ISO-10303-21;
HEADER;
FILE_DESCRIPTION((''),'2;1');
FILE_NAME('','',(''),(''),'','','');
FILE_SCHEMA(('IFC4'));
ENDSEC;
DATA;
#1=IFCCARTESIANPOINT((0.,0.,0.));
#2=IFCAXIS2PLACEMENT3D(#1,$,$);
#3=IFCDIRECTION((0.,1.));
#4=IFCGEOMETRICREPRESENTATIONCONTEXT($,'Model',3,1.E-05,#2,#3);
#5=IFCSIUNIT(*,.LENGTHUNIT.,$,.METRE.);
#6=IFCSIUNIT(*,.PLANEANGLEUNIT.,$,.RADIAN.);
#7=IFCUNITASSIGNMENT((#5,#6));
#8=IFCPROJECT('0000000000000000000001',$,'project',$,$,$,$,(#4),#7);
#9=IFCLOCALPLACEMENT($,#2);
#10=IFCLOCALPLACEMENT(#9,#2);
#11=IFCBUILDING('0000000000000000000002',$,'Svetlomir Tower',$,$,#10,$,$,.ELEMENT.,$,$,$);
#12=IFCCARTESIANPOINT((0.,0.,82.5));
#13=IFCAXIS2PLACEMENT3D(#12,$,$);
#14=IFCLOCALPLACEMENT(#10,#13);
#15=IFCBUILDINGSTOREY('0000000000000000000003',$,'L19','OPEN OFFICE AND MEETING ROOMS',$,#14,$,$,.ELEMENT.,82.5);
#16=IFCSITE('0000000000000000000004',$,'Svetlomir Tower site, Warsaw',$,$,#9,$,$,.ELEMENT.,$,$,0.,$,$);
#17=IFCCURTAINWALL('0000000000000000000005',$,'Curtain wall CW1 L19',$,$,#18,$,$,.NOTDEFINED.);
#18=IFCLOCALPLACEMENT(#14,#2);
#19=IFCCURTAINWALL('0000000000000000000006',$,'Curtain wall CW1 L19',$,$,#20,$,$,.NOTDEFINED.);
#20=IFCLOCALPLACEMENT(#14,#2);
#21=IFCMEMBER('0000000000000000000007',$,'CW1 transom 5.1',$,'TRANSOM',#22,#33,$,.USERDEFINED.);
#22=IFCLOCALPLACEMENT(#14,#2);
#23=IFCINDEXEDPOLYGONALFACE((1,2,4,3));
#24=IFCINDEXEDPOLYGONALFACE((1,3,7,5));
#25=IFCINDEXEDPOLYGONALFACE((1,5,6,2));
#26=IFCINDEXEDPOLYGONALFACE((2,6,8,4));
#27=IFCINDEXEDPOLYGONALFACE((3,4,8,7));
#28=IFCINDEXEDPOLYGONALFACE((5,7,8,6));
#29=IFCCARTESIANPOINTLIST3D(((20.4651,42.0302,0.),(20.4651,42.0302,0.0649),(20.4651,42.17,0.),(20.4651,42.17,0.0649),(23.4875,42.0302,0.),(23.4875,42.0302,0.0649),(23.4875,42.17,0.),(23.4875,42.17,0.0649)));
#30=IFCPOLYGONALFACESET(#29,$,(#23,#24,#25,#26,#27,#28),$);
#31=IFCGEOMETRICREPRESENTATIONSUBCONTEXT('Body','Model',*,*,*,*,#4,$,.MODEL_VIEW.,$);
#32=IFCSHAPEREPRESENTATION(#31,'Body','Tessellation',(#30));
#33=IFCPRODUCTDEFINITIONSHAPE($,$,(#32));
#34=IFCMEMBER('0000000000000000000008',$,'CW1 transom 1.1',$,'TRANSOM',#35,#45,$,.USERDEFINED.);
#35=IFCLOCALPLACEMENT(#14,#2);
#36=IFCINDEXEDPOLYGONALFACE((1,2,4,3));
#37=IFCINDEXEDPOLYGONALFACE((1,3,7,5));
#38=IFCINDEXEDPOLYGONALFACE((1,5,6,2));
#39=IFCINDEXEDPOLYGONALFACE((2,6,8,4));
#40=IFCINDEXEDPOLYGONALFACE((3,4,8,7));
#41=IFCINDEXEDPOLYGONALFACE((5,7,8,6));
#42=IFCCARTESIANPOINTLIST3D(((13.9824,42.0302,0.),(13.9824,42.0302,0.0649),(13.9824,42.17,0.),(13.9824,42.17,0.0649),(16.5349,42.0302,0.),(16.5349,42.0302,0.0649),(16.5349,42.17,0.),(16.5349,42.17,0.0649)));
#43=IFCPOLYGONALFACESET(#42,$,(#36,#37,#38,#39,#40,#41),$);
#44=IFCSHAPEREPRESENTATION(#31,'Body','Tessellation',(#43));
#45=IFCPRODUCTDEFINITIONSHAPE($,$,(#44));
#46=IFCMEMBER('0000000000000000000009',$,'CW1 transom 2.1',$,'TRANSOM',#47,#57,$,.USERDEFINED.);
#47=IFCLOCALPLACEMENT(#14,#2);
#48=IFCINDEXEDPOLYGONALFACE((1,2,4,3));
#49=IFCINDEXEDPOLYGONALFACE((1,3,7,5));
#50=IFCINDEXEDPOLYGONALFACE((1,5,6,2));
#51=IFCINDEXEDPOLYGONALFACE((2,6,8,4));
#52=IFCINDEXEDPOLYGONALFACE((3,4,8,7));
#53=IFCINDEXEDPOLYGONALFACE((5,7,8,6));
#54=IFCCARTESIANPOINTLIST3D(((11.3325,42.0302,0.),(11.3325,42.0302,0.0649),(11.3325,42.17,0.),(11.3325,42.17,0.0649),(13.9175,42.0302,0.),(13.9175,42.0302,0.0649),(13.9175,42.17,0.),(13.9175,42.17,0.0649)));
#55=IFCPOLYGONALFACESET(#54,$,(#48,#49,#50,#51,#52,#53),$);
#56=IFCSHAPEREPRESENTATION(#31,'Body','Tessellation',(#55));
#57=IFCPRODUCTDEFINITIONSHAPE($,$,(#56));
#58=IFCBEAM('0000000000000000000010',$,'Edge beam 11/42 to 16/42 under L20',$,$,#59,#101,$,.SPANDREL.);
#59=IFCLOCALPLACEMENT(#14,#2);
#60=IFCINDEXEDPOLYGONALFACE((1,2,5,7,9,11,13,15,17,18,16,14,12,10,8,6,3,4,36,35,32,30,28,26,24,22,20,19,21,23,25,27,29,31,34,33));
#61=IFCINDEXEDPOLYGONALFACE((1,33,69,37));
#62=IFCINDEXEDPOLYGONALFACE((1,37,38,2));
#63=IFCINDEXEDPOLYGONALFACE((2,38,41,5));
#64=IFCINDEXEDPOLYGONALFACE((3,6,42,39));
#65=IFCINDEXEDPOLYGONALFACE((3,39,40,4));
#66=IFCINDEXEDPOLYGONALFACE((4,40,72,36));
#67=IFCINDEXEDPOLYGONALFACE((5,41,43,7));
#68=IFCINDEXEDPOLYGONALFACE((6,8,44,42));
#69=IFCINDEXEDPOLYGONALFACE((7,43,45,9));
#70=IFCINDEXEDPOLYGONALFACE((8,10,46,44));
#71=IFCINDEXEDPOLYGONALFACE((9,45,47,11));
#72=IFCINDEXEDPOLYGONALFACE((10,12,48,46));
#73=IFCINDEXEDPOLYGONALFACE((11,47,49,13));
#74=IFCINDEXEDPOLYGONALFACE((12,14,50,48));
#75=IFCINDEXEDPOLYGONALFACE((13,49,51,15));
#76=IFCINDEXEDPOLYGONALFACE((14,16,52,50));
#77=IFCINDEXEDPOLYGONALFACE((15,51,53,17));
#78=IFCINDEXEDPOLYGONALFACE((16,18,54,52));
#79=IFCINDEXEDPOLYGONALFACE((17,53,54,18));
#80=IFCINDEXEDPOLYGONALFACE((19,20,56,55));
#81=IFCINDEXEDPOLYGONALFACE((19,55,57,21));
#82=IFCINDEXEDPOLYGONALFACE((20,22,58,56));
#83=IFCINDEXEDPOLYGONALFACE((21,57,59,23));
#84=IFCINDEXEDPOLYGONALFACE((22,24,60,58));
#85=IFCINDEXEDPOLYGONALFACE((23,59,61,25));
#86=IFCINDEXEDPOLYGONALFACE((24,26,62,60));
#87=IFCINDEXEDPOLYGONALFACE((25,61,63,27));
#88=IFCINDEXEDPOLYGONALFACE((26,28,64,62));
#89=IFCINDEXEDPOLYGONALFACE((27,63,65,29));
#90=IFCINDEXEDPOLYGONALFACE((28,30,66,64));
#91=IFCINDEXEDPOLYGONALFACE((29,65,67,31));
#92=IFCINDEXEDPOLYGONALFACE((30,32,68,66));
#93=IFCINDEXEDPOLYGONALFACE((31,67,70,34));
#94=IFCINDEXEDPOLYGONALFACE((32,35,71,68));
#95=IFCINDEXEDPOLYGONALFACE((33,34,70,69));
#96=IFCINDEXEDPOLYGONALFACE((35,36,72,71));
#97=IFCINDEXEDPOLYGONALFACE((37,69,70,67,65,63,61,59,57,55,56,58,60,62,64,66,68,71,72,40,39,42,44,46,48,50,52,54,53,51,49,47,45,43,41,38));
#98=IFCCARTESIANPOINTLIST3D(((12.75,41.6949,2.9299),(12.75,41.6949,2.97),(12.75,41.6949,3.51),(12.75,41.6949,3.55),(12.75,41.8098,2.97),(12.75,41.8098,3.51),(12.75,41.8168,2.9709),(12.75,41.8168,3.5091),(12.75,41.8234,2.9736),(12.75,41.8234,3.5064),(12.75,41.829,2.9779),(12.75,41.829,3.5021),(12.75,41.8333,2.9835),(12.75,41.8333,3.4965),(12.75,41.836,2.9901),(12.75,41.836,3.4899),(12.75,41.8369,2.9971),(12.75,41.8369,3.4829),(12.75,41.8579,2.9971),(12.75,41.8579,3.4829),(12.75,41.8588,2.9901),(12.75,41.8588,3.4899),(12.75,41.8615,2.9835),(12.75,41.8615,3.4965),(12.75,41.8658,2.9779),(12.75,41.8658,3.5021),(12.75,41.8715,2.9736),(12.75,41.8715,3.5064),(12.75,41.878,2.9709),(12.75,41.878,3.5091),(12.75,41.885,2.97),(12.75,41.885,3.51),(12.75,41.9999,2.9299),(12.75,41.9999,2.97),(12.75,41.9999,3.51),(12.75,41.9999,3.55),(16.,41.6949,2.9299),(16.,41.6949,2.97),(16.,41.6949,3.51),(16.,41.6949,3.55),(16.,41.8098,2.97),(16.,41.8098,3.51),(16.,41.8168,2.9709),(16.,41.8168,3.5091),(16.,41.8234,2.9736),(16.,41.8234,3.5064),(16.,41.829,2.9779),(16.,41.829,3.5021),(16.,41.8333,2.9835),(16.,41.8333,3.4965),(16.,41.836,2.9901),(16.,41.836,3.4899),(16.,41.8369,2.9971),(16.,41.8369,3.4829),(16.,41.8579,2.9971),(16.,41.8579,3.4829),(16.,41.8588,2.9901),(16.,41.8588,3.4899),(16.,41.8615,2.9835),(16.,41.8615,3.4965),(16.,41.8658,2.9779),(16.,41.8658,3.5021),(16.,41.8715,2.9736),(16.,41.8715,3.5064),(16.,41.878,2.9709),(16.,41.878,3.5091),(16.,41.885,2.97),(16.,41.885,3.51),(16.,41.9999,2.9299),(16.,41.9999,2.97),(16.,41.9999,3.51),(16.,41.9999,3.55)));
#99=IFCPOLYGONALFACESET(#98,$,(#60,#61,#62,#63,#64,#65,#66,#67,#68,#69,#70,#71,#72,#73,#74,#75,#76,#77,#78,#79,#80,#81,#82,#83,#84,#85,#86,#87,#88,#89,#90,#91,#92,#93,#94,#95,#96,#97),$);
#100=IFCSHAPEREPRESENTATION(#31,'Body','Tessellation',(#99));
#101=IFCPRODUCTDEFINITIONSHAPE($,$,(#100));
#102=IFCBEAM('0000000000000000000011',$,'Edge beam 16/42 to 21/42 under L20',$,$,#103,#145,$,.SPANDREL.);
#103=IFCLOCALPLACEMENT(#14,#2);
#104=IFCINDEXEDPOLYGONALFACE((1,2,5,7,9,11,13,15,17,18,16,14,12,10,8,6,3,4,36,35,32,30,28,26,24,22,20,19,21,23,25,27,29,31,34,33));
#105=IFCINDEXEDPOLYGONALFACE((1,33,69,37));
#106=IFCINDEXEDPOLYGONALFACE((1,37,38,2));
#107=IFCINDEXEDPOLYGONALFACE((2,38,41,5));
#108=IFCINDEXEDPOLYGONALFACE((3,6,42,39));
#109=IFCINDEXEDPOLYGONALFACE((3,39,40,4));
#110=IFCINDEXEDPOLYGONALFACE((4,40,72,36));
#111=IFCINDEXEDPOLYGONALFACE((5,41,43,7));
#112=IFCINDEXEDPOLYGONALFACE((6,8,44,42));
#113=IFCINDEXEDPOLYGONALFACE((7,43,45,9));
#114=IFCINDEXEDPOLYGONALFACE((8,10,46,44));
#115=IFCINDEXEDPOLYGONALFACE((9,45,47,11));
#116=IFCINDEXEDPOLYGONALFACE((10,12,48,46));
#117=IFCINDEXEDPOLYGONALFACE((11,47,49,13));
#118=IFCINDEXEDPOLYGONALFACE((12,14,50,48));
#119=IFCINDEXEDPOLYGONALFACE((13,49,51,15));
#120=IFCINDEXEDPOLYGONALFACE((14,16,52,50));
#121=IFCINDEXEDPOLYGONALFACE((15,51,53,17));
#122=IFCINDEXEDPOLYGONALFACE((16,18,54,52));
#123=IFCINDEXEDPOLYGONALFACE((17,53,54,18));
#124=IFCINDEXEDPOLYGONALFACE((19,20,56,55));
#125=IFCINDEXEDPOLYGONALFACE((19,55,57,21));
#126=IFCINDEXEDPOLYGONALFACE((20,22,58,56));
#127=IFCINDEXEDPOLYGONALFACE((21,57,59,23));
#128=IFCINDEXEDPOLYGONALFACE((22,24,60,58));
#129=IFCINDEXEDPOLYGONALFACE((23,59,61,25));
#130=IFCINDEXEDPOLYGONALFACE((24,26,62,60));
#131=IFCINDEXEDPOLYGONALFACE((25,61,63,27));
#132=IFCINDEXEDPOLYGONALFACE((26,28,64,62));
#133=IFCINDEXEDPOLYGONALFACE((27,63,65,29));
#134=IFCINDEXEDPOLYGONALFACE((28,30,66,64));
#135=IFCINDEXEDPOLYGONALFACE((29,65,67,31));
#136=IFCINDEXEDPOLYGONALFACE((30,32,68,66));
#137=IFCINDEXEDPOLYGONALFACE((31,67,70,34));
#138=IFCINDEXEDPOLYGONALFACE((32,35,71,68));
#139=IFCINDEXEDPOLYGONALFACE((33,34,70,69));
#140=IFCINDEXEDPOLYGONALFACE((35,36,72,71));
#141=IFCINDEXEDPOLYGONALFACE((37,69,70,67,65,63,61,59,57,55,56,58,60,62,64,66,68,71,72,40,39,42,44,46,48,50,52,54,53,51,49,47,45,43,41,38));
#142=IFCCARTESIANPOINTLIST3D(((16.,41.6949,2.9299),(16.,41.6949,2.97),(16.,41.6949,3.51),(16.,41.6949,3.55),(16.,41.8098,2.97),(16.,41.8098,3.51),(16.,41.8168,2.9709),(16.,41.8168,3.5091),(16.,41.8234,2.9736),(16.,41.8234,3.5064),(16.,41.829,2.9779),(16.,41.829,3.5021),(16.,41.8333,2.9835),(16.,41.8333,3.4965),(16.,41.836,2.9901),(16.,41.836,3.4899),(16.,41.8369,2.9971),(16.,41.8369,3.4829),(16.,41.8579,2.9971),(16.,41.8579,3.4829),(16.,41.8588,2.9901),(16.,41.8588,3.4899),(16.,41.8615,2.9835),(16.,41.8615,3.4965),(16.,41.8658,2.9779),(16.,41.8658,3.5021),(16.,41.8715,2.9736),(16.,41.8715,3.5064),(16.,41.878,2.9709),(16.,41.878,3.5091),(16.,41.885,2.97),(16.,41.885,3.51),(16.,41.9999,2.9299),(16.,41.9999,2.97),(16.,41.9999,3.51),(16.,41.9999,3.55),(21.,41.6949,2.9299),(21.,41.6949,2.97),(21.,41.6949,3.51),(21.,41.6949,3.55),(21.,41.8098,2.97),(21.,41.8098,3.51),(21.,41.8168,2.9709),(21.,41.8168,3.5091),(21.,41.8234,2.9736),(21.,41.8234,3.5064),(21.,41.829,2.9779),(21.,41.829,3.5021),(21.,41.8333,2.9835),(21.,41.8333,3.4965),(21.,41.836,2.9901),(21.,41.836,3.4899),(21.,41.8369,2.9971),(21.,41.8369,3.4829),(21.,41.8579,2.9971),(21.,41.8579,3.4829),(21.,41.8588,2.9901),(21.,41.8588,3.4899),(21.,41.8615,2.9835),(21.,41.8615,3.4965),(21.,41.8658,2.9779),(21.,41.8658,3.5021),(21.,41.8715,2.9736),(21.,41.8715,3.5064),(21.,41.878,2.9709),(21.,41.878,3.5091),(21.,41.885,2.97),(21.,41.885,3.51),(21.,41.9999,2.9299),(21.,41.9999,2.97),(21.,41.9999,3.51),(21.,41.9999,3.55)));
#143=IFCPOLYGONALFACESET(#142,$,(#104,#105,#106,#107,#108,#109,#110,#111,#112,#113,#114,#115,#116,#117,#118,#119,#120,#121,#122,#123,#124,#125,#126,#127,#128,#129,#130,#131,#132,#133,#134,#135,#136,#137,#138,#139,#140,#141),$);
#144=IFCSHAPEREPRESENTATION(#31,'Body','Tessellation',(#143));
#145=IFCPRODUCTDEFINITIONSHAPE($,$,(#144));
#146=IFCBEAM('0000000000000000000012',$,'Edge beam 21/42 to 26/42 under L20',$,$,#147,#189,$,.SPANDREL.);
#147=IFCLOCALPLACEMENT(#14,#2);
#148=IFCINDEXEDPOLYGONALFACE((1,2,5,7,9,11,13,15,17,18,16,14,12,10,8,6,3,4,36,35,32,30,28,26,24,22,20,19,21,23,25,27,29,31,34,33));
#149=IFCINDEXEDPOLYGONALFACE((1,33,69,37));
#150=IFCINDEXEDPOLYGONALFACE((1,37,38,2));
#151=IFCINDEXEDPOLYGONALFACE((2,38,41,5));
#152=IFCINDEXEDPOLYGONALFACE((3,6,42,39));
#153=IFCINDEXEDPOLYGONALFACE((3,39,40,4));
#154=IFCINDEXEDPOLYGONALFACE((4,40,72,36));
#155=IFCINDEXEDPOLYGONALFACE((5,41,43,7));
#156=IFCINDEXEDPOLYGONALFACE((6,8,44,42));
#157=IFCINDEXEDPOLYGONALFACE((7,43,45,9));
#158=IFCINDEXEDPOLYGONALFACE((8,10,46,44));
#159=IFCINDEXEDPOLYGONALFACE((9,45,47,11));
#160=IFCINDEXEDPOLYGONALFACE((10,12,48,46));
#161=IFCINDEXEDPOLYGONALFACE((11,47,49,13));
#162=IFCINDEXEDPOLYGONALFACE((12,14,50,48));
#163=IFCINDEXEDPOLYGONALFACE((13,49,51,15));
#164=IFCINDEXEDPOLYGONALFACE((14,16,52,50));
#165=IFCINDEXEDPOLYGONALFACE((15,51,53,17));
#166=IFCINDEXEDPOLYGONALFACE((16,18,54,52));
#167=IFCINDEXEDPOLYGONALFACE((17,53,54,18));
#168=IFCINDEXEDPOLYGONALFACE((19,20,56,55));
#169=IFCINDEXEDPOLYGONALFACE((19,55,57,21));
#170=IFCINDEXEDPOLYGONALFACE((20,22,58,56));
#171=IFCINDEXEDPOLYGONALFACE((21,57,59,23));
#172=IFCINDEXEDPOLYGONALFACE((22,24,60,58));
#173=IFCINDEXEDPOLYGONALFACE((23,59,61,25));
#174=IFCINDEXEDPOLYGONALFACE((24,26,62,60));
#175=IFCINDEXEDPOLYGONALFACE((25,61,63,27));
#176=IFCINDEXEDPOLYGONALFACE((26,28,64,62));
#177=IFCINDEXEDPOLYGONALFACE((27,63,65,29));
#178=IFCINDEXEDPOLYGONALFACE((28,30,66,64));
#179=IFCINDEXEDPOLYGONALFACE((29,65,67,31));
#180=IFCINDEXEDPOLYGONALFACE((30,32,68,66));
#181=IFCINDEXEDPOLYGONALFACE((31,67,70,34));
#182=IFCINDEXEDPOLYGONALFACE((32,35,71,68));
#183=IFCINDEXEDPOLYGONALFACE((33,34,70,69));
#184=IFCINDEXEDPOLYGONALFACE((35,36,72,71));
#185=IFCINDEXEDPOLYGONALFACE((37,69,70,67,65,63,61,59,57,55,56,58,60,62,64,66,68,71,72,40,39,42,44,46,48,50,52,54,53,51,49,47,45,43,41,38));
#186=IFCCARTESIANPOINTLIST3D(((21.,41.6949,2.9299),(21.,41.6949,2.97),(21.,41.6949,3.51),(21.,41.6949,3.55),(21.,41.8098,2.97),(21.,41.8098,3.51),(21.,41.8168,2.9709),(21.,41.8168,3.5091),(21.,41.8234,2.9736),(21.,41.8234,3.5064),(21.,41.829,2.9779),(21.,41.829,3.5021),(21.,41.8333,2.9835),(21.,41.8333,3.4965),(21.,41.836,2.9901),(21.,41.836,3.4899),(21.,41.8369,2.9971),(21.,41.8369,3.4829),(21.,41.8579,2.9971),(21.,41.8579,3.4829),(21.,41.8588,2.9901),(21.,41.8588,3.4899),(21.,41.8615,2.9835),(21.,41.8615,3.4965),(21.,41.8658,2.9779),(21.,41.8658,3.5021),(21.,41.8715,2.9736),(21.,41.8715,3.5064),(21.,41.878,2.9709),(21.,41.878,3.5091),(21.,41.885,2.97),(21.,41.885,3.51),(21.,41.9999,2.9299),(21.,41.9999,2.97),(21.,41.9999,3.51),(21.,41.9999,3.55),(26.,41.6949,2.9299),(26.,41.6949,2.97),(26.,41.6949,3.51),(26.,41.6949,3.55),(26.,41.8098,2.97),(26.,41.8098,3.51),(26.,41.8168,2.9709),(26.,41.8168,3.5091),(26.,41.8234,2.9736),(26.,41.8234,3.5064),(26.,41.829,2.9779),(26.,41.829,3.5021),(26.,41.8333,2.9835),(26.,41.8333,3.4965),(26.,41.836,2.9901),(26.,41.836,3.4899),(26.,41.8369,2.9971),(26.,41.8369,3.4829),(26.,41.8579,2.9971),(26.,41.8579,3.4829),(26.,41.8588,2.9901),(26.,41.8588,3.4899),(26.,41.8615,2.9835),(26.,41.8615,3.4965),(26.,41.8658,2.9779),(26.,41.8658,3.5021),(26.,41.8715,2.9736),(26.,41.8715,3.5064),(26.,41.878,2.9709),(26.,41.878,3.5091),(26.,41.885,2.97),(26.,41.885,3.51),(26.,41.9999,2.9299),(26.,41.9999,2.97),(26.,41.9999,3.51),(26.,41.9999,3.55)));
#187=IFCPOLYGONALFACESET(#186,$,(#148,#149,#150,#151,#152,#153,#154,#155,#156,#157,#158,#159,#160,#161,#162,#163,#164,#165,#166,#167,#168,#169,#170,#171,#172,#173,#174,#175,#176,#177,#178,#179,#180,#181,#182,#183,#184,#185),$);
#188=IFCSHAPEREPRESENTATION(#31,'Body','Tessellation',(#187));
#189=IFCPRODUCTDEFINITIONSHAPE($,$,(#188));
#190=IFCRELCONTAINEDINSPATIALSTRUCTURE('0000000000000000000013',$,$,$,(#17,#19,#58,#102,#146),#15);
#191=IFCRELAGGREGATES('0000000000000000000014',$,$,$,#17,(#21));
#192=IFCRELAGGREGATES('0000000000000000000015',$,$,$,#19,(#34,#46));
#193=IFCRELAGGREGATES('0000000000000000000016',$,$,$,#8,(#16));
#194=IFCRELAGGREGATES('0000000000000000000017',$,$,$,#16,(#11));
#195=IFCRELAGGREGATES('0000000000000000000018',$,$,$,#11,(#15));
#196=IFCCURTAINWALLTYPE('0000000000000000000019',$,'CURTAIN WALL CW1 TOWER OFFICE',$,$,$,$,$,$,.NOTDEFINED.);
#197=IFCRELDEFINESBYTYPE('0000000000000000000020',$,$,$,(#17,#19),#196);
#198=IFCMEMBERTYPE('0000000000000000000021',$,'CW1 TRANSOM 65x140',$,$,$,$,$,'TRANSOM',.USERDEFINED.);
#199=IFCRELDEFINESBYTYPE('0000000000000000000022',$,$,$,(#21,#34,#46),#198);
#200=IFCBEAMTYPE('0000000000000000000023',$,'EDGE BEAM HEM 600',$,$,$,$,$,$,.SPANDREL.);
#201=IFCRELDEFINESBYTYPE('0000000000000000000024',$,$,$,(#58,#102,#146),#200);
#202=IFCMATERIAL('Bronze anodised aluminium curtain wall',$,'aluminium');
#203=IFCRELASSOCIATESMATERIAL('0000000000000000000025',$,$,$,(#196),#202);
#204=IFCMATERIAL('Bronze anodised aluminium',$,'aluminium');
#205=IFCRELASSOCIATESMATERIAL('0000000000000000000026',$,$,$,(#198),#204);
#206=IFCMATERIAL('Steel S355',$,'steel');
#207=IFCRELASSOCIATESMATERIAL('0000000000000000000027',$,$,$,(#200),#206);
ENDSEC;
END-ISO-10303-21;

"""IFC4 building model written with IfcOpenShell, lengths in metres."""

from ifc_helpers import new_model, si_unit, direction, frame, origin, origin_2d, place, context, subcontext, project, spatial, rectangle, i_section, extrude, material, material_profile, profile_set, type_object, element, aggregate, save


model = new_model("IFC4")

# Units and contexts
model_context = context("Model", 3, precision=1e-05, world=origin(), true_north=direction((0.0, 1.0)))
body_context = subcontext(model_context, "Body", "Model", "MODEL_VIEW")
ifc_project = project(units=[si_unit("LENGTHUNIT", "METRE"), si_unit("PLANEANGLEUNIT", "RADIAN")], contexts=[model_context])

# Site, building, storey
site_placement = place(None, origin())
site = spatial("IfcSite", under=ifc_project, at=site_placement, Name="Svetlomir Tower site, Warsaw", CompositionType="ELEMENT", RefElevation=0.0)
building_placement = place(site_placement, origin())
building = spatial("IfcBuilding", under=site, at=building_placement, Name="Svetlomir Tower", CompositionType="ELEMENT")
storey_placement = place(building_placement, frame((0.0, 0.0, 82.5)))
storey = spatial("IfcBuildingStorey", under=building, at=storey_placement, Name="L19", Description="OPEN OFFICE AND MEETING ROOMS", CompositionType="ELEMENT", Elevation=82.5)

# Curtain walls
ifc_material_1 = material(Name="Bronze anodised aluminium curtain wall", Category="aluminium")
curtain_wall_type = type_object("IfcCurtainWallType", Name="CURTAIN WALL CW1 TOWER OFFICE", PredefinedType="NOTDEFINED", material=ifc_material_1)
curtain_wall_1_placement = place(storey_placement, origin())
curtain_wall_1 = element("IfcCurtainWall", 1, at=curtain_wall_1_placement, inside=storey, type_object=curtain_wall_type, Name="Curtain wall CW1 L19", PredefinedType="NOTDEFINED")
curtain_wall_2_placement = place(storey_placement, origin())
curtain_wall_2 = element("IfcCurtainWall", 2, at=curtain_wall_2_placement, inside=storey, type_object=curtain_wall_type, Name="Curtain wall CW1 L19", PredefinedType="NOTDEFINED")

# Members
ifc_material_2 = material(Name="Bronze anodised aluminium", Category="aluminium")
ifc_material_profile_1 = material_profile(ifc_material_2, rectangle(XDim=0.1399, YDim=0.0649, at=origin_2d()), Name="AL 140x65")
ifc_profile_set_1 = profile_set([ifc_material_profile_1], Name="Bronze anodised aluminium 6063-T6")
member_type_1 = type_object("IfcMemberType", Name="CW1 TRANSOM 65x140", ElementType="TRANSOM", PredefinedType="USERDEFINED", material=ifc_profile_set_1)
member_1_placement = place(storey_placement, frame((23.4875, 42.1001, 0.0325), z_axis=(-1.0, 0.0, 0.0), x_axis=(0.0, -1.0, 0.0)))
member_1 = element("IfcMember", 3, at=member_1_placement, type_object=member_type_1, Name="CW1 transom 5.1", ObjectType="TRANSOM", PredefinedType="USERDEFINED", context=body_context, shape_type="SweptSolid", body=[
    extrude(rectangle(XDim=0.1399, YDim=0.0649, at=origin_2d()), origin(), (0.0, 0.0, 1.0), 3.0225),
])
member_2_placement = place(storey_placement, frame((16.5349, 42.1001, 0.0325), z_axis=(-1.0, 0.0, 0.0), x_axis=(0.0, -1.0, 0.0)))
member_2 = element("IfcMember", 4, at=member_2_placement, type_object=member_type_1, Name="CW1 transom 1.1", ObjectType="TRANSOM", PredefinedType="USERDEFINED", context=body_context, shape_type="SweptSolid", body=[
    extrude(rectangle(XDim=0.1399, YDim=0.0649, at=origin_2d()), origin(), (0.0, 0.0, 1.0), 2.5525),
])
member_3_placement = place(storey_placement, frame((13.9175, 42.1001, 0.0325), z_axis=(-1.0, 0.0, 0.0), x_axis=(0.0, -1.0, 0.0)))
member_3 = element("IfcMember", 5, at=member_3_placement, type_object=member_type_1, Name="CW1 transom 2.1", ObjectType="TRANSOM", PredefinedType="USERDEFINED", context=body_context, shape_type="SweptSolid", body=[
    extrude(rectangle(XDim=0.1399, YDim=0.0649, at=origin_2d()), origin(), (0.0, 0.0, 1.0), 2.585),
])

# Beams
ifc_material_3 = material(Name="Steel S355", Category="steel")
ifc_material_profile_2 = material_profile(ifc_material_3, i_section(OverallWidth=0.3049, OverallDepth=0.6201, WebThickness=0.021, FlangeThickness=0.04, FilletRadius=0.0271, at=origin_2d()), Name="HEM 600")
ifc_profile_set_2 = profile_set([ifc_material_profile_2], Name="Steel S355")
beam_type_1 = type_object("IfcBeamType", Name="EDGE BEAM HEM 600", PredefinedType="SPANDREL", material=ifc_profile_set_2)
beam_1_placement = place(storey_placement, frame((12.75, 41.8474, 3.24), z_axis=(1.0, 0.0, 0.0), x_axis=(0.0, 1.0, 0.0)))
element("IfcBeam", 6, at=beam_1_placement, inside=storey, type_object=beam_type_1, Name="Edge beam 11/42 to 16/42 under L20", PredefinedType="SPANDREL", context=body_context, shape_type="SweptSolid", body=[
    extrude(i_section(OverallWidth=0.3049, OverallDepth=0.6201, WebThickness=0.021, FlangeThickness=0.04, FilletRadius=0.0271, at=origin_2d()), origin(), (0.0, 0.0, 1.0), 3.25),
])
for number, where, z_axis, x_axis, name in (
    (7, (16.0, 41.8474, 3.24), (1.0, 0.0, 0.0), (0.0, 1.0, 0.0), "Edge beam 16/42 to 21/42 under L20"),
    (8, (21.0, 41.8474, 3.24), (1.0, 0.0, 0.0), (0.0, 1.0, 0.0), "Edge beam 21/42 to 26/42 under L20"),
):
    element("IfcBeam", number, at=place(storey_placement, frame(where, z_axis=z_axis, x_axis=x_axis)), inside=storey, type_object=beam_type_1, Name=name, PredefinedType="SPANDREL", context=body_context, shape_type="SweptSolid", body=[
        extrude(i_section(OverallWidth=0.3049, OverallDepth=0.6201, WebThickness=0.021, FlangeThickness=0.04, FilletRadius=0.0271, at=origin_2d()), origin(), (0.0, 0.0, 1.0), 5.0),
    ])

aggregate(curtain_wall_1, [member_1])
aggregate(curtain_wall_2, [member_2, member_3])

save(model, "model.ifc")
